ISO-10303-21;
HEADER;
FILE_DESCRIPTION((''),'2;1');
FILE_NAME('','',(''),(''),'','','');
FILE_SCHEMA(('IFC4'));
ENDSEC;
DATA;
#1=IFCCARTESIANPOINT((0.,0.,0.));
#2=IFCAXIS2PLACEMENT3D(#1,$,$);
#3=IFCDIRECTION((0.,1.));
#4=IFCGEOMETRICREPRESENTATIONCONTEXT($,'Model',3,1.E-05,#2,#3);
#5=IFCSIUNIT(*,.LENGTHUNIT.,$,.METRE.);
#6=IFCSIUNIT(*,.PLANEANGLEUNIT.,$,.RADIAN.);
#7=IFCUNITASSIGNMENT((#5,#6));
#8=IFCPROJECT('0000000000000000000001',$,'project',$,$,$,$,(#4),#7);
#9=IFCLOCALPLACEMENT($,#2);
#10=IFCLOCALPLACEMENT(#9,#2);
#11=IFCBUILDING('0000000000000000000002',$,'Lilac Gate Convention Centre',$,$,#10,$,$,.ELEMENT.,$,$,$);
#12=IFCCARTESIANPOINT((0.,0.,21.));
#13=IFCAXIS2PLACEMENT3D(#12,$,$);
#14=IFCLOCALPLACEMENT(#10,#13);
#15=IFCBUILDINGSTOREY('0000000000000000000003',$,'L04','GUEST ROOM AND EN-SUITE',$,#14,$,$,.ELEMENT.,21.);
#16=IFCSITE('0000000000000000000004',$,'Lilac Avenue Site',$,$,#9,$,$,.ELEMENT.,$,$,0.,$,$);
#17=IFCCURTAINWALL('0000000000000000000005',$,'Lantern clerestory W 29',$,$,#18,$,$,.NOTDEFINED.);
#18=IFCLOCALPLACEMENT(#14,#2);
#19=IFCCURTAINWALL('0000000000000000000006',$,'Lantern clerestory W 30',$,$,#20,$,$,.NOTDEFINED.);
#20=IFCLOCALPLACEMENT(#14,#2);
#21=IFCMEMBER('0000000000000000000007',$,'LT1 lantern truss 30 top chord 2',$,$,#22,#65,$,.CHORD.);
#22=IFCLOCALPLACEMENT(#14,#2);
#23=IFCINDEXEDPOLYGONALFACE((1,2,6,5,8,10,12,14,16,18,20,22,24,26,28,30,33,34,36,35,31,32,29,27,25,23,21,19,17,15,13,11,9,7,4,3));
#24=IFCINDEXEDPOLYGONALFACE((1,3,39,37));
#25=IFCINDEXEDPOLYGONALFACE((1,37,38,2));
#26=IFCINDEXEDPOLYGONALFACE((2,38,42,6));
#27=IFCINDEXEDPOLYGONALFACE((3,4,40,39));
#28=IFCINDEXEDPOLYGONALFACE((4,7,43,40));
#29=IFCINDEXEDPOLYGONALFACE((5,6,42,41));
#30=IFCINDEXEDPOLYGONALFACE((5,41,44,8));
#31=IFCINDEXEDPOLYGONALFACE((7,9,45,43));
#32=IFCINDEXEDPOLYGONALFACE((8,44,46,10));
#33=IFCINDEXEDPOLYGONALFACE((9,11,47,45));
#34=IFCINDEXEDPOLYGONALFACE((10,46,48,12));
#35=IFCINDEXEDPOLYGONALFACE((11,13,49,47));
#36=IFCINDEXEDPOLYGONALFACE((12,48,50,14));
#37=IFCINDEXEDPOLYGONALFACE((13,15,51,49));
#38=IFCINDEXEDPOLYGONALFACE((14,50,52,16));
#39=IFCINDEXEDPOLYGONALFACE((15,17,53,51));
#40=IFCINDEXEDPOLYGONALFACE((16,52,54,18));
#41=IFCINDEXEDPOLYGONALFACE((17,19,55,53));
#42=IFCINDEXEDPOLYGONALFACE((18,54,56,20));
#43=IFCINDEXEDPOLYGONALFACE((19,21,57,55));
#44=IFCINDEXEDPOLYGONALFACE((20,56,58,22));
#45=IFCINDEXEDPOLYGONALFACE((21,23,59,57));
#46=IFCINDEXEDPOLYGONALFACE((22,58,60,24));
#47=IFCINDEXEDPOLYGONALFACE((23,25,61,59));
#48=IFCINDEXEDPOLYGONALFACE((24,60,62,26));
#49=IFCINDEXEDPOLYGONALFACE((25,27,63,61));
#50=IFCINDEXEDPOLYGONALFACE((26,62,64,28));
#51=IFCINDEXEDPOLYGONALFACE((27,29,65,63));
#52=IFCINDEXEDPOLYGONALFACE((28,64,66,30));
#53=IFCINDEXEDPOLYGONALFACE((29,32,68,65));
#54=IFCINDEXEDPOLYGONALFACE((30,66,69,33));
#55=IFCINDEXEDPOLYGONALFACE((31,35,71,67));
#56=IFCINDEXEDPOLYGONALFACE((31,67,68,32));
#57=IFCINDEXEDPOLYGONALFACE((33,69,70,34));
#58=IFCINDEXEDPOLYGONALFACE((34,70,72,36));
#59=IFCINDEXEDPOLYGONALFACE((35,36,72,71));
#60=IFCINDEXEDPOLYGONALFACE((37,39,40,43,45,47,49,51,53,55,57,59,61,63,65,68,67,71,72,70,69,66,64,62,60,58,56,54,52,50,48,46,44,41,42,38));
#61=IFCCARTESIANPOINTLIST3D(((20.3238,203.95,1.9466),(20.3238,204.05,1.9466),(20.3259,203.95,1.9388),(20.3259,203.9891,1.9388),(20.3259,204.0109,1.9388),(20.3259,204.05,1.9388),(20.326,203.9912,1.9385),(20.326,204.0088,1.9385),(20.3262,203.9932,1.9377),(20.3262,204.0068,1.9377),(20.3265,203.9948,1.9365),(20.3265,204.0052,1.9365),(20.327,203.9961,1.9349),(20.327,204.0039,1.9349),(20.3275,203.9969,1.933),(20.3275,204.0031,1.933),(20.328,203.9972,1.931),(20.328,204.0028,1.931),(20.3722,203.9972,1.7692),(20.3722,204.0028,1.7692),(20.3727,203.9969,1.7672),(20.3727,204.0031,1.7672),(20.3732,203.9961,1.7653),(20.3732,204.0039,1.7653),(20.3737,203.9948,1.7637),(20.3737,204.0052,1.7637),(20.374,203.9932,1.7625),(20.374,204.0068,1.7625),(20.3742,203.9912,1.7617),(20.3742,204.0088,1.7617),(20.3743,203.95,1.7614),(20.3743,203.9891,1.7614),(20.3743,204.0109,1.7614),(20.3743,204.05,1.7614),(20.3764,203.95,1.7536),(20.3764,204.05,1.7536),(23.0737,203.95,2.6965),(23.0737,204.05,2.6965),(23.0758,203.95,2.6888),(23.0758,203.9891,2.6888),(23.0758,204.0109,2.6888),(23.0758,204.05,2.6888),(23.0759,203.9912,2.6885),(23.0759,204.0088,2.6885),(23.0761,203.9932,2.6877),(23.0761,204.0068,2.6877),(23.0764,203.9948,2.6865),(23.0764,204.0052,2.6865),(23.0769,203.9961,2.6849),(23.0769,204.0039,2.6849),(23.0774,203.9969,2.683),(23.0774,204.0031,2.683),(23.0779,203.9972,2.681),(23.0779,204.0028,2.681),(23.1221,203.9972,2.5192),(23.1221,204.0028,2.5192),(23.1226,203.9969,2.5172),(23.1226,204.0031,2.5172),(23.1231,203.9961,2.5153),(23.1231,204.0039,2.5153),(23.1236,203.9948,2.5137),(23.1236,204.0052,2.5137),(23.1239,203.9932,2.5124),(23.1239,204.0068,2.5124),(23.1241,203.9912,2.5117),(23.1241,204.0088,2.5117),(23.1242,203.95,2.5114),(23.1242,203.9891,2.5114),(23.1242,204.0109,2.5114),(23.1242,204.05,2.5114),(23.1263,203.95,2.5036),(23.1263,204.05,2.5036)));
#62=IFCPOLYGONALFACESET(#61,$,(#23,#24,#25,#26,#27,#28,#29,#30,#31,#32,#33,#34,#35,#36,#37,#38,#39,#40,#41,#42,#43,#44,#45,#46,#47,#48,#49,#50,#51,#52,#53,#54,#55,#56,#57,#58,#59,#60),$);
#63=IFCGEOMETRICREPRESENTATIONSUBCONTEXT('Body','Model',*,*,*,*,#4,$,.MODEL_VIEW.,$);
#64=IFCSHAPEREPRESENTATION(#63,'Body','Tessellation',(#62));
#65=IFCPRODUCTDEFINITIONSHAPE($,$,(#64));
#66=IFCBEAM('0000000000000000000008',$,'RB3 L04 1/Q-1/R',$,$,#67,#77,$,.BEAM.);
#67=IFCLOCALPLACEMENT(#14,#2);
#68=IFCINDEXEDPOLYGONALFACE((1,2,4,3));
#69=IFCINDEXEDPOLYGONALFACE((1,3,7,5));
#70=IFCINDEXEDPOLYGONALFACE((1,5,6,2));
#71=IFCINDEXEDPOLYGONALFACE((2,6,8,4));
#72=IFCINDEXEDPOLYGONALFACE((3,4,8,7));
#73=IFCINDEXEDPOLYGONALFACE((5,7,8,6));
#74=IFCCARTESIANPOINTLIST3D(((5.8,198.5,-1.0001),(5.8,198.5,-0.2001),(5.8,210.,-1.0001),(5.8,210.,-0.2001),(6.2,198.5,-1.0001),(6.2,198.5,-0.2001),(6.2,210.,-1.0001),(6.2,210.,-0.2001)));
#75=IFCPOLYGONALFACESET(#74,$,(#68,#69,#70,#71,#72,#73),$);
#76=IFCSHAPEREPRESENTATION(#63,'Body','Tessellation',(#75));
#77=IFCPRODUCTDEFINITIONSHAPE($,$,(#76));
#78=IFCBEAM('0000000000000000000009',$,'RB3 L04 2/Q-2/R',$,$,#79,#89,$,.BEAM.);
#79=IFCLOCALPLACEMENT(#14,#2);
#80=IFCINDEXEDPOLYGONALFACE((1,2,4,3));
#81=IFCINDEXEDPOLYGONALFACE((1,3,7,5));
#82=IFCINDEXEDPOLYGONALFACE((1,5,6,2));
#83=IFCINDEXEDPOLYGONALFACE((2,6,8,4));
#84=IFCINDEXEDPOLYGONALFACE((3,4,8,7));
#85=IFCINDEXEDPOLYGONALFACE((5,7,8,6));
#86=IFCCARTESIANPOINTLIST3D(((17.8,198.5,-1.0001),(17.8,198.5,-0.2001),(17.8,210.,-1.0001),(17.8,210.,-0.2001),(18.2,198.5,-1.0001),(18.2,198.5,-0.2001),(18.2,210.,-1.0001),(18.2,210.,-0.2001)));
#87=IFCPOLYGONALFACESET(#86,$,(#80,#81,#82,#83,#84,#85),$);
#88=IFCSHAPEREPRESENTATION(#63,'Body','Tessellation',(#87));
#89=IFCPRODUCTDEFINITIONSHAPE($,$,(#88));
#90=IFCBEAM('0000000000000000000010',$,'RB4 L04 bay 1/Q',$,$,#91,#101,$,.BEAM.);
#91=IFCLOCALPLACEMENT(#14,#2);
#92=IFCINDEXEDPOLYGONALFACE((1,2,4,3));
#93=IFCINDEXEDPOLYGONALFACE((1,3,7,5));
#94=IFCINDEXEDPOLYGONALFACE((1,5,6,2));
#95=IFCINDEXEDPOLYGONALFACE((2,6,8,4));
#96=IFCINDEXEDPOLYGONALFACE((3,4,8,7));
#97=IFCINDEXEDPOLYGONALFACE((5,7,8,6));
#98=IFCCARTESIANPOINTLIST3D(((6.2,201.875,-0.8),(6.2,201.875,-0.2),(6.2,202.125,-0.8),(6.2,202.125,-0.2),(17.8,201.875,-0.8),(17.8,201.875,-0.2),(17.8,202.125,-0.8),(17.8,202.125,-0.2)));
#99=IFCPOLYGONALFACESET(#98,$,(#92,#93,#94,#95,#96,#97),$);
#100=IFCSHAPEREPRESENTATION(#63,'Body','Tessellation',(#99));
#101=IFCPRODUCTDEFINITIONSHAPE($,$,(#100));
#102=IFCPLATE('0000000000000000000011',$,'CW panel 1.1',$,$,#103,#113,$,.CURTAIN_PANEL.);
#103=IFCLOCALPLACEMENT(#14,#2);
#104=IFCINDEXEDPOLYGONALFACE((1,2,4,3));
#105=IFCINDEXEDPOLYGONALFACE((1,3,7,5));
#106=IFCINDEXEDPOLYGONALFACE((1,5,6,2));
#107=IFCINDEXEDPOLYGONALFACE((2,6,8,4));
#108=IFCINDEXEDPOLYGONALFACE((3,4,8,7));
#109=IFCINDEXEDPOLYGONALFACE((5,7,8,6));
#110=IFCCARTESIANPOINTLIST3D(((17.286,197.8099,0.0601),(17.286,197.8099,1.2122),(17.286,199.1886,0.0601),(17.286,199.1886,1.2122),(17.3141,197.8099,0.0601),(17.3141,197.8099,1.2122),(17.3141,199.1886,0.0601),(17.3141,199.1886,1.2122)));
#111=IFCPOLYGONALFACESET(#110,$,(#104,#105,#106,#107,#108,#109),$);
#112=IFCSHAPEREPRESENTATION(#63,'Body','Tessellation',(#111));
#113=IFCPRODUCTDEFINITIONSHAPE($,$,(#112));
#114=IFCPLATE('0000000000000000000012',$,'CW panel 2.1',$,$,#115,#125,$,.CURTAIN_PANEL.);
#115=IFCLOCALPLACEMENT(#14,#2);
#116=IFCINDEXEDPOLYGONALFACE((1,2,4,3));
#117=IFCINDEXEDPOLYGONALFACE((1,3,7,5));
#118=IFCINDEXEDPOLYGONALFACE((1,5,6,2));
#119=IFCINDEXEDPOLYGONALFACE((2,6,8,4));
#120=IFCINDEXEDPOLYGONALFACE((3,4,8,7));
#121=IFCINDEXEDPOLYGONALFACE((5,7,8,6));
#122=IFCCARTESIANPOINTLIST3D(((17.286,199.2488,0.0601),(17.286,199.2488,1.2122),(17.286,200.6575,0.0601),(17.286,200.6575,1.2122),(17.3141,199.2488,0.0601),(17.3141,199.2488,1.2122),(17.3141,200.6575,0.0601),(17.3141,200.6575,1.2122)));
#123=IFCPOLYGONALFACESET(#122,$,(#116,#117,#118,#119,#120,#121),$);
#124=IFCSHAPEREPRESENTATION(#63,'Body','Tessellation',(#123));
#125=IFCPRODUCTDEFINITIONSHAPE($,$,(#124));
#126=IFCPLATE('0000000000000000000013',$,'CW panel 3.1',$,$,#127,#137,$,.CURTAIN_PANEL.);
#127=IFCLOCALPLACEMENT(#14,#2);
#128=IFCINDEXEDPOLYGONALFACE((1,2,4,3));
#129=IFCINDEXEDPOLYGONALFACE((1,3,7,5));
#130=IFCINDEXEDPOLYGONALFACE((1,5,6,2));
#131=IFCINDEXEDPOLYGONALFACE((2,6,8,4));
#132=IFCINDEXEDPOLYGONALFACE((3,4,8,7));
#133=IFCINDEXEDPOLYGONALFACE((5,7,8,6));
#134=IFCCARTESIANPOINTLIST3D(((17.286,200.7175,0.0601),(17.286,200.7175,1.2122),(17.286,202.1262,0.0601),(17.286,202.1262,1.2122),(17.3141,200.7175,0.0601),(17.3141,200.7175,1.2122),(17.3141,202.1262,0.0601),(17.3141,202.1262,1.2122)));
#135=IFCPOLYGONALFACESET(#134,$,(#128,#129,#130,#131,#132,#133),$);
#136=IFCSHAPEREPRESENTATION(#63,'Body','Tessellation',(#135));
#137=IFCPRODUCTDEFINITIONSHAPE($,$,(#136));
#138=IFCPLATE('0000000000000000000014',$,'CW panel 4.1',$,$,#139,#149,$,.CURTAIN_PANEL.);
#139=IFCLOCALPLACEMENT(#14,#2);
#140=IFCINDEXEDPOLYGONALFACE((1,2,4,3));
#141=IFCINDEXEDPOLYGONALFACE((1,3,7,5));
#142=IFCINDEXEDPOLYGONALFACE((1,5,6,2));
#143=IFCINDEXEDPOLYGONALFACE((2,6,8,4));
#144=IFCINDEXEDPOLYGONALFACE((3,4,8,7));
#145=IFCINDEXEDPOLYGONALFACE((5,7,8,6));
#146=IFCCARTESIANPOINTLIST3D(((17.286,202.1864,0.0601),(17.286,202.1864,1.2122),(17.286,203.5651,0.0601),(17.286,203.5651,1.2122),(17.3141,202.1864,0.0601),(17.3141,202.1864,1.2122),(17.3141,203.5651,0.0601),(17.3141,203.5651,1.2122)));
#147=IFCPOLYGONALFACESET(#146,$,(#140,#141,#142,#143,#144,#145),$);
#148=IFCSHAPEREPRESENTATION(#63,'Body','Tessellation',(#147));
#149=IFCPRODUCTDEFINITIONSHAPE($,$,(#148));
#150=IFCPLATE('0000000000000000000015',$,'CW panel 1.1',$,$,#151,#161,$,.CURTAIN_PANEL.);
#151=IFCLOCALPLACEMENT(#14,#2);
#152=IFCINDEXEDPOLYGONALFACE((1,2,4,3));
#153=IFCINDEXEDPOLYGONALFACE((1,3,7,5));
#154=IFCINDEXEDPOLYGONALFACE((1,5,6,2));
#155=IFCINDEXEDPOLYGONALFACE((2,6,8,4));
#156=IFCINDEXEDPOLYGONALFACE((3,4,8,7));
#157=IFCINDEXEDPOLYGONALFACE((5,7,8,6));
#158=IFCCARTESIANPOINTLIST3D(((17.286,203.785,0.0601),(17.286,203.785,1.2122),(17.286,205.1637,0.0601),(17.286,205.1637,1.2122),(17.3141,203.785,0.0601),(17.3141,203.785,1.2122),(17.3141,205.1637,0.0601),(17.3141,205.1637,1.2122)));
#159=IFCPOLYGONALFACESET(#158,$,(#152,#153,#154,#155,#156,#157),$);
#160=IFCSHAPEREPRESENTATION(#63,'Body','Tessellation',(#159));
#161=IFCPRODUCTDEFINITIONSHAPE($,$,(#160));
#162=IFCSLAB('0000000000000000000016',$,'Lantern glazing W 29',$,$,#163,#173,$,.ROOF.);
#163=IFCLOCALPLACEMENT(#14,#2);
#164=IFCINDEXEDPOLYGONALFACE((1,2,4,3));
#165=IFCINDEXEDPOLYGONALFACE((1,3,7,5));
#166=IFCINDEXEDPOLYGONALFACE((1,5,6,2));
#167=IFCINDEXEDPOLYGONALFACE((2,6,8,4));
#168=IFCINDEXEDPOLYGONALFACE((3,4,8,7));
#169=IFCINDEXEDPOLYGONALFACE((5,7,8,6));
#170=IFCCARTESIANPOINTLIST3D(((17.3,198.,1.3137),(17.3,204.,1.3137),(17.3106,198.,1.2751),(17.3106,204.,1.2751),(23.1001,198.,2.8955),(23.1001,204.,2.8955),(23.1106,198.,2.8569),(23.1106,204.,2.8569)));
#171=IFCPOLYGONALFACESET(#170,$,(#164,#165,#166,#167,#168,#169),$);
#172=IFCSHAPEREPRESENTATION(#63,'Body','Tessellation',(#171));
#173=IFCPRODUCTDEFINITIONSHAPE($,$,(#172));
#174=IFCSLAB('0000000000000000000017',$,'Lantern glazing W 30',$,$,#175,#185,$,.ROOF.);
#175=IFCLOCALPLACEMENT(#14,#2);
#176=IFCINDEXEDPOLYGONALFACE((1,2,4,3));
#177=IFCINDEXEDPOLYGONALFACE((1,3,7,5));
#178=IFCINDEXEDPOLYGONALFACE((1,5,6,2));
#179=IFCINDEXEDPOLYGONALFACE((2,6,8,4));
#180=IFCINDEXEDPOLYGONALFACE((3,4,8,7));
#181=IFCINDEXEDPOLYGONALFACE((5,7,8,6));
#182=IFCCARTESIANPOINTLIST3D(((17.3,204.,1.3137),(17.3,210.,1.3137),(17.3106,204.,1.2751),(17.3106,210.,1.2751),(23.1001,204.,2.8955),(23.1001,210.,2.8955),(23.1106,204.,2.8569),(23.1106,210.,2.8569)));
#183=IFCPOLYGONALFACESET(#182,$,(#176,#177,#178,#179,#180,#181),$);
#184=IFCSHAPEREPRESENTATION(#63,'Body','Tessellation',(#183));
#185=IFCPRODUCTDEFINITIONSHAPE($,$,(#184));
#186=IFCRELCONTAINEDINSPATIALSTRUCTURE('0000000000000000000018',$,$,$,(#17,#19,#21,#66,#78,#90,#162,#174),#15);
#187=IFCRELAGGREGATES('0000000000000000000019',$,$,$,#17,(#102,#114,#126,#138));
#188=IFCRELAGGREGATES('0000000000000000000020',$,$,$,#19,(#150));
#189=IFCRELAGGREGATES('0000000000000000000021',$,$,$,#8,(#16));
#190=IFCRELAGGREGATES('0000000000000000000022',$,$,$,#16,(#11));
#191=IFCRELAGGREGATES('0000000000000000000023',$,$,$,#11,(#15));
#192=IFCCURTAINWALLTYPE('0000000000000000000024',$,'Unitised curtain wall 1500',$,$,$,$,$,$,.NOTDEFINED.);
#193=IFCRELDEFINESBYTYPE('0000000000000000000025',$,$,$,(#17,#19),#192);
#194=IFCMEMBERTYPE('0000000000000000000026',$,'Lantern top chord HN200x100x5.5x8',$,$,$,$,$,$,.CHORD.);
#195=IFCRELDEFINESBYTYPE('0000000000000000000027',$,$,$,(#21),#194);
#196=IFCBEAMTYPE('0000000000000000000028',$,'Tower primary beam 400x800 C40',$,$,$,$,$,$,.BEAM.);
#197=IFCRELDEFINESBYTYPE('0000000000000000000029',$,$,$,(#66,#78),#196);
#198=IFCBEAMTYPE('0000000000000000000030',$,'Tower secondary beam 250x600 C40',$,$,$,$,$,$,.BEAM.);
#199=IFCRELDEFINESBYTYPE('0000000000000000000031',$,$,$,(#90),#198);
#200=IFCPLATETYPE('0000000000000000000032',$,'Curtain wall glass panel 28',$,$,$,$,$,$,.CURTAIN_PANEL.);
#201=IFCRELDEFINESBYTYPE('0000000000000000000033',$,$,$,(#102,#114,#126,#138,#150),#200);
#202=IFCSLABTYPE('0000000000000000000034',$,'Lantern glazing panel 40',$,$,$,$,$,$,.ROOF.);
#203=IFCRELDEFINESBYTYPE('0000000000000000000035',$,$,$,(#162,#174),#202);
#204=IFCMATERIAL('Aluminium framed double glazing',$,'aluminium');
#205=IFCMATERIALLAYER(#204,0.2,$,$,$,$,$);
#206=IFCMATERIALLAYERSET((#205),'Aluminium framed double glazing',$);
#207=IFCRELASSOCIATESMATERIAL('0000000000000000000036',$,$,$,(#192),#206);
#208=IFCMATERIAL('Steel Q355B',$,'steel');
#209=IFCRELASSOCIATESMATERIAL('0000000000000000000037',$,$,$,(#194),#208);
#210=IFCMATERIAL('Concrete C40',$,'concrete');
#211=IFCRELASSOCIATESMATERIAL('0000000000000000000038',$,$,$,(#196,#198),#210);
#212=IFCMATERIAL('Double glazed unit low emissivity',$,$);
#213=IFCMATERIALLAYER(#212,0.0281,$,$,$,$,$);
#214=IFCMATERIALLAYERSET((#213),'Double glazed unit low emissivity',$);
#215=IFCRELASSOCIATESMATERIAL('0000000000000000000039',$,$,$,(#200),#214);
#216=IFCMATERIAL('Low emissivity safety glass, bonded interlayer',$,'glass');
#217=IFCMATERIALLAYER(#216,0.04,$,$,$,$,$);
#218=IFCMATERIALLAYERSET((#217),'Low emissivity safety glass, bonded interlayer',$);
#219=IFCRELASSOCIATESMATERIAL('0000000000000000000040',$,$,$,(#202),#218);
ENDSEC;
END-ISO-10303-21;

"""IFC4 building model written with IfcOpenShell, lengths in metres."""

from ifc_helpers import new_model, si_unit, direction, frame, origin, origin_2d, place, context, subcontext, project, spatial, polyline, rectangle, i_section, outline, extrude, material, layer, layer_set, material_profile, profile_set, type_object, element, aggregate, save


model = new_model("IFC4")

# Units and contexts
model_context = context("Model", 3, precision=1e-05, world=origin(), true_north=direction((0.0, 1.0)))
body_context = subcontext(model_context, "Body", "Model", "MODEL_VIEW")
ifc_project = project(units=[si_unit("LENGTHUNIT", "METRE"), si_unit("PLANEANGLEUNIT", "RADIAN")], contexts=[model_context])

# Site, building, storey
site_placement = place(None, origin())
site = spatial("IfcSite", under=ifc_project, at=site_placement, Name="Lilac Avenue Site", CompositionType="ELEMENT", RefElevation=0.0)
building_placement = place(site_placement, origin())
building = spatial("IfcBuilding", under=site, at=building_placement, Name="Lilac Gate Convention Centre", CompositionType="ELEMENT")
storey_placement = place(building_placement, frame((0.0, 0.0, 21.0)))
storey = spatial("IfcBuildingStorey", under=building, at=storey_placement, Name="L04", Description="GUEST ROOM AND EN-SUITE", CompositionType="ELEMENT", Elevation=21.0)

# Curtain wall
ifc_material_1 = material(Name="Aluminium framed double glazing", Category="aluminium")
ifc_layer_1 = layer(ifc_material_1, 0.2)
ifc_layer_set_1 = layer_set([ifc_layer_1], Name="Aluminium framed double glazing")
curtain_wall_type = type_object("IfcCurtainWallType", Name="Unitised curtain wall 1500", PredefinedType="NOTDEFINED", material=ifc_layer_set_1)
curtain_wall_1_placement = place(storey_placement, origin())
curtain_wall_1 = element("IfcCurtainWall", 1, at=curtain_wall_1_placement, inside=storey, type_object=curtain_wall_type, Name="Lantern clerestory W 29", PredefinedType="NOTDEFINED")

# Curtain wall
curtain_wall_2_placement = place(storey_placement, origin())
curtain_wall_2 = element("IfcCurtainWall", 2, at=curtain_wall_2_placement, inside=storey, type_object=curtain_wall_type, Name="Lantern clerestory W 30", PredefinedType="NOTDEFINED")

# Member
ifc_material_2 = material(Name="Steel Q355B", Category="steel")
ifc_material_profile_1 = material_profile(ifc_material_2, i_section(OverallWidth=0.1001, OverallDepth=0.2, WebThickness=0.0056, FlangeThickness=0.0081, FilletRadius=0.0081, at=origin_2d()), Name="HN200x100x5.5x8")
ifc_profile_set_1 = profile_set([ifc_material_profile_1], Name="Steel Q355B")
member_type_1 = type_object("IfcMemberType", Name="Lantern top chord HN200x100x5.5x8", PredefinedType="CHORD", material=ifc_profile_set_1)
for number, where, z_axis, x_axis, name in (
    (3, (20.3501, 204.0, 1.8501), (0.964764, 0.0, 0.263117), (0.0, 1.0, 0.0), "LT1 lantern truss 30 top chord 2"),
):
    element("IfcMember", number, at=place(storey_placement, frame(where, z_axis=z_axis, x_axis=x_axis)), inside=storey, type_object=member_type_1, Name=name, PredefinedType="CHORD", context=body_context, shape_type="SweptSolid", body=[
        extrude(i_section(OverallWidth=0.1001, OverallDepth=0.2, WebThickness=0.0056, FlangeThickness=0.0081, FilletRadius=0.0081, at=origin_2d()), origin(), (0.0, 0.0, 1.0), 2.8503),
    ])

# Beams
ifc_material_3 = material(Name="Concrete C40", Category="concrete")
ifc_material_profile_2 = material_profile(ifc_material_3, rectangle(XDim=0.3999, YDim=0.8, at=origin_2d()), Name="RC 400x800")
ifc_profile_set_2 = profile_set([ifc_material_profile_2], Name="Concrete C40")
beam_type_1 = type_object("IfcBeamType", Name="Tower primary beam 400x800 C40", PredefinedType="BEAM", material=ifc_profile_set_2)
for number, where, z_axis, x_axis, name in (
    (4, (6.0, 198.5, -0.6001), (0.0, 1.0, 0.0), (-1.0, 0.0, 0.0), "RB3 L04 1/Q-1/R"),
    (5, (18.0, 198.5, -0.6001), (0.0, 1.0, 0.0), (-1.0, 0.0, 0.0), "RB3 L04 2/Q-2/R"),
):
    element("IfcBeam", number, at=place(storey_placement, frame(where, z_axis=z_axis, x_axis=x_axis)), inside=storey, type_object=beam_type_1, Name=name, PredefinedType="BEAM", context=body_context, shape_type="SweptSolid", body=[
        extrude(rectangle(XDim=0.3999, YDim=0.8, at=origin_2d()), origin(), (0.0, 0.0, 1.0), 11.5),
    ])
ifc_material_profile_3 = material_profile(ifc_material_3, rectangle(XDim=0.25, YDim=0.6001, at=origin_2d()), Name="RC 250x600")
ifc_profile_set_3 = profile_set([ifc_material_profile_3], Name="Concrete C40")
beam_type_2 = type_object("IfcBeamType", Name="Tower secondary beam 250x600 C40", PredefinedType="BEAM", material=ifc_profile_set_3)
beam_placement = place(storey_placement, frame((6.2, 202.0, -0.5), z_axis=(1.0, 0.0, 0.0), x_axis=(0.0, 1.0, 0.0)))
element("IfcBeam", 6, at=beam_placement, inside=storey, type_object=beam_type_2, Name="RB4 L04 bay 1/Q", PredefinedType="BEAM", context=body_context, shape_type="SweptSolid", body=[
    extrude(rectangle(XDim=0.25, YDim=0.6001, at=origin_2d()), origin(), (0.0, 0.0, 1.0), 11.6001),
])

# Plates
ifc_material_4 = material(Name="Double glazed unit low emissivity")
ifc_layer_2 = layer(ifc_material_4, 0.0281)
ifc_layer_set_2 = layer_set([ifc_layer_2], Name="Double glazed unit low emissivity")
plate_type = type_object("IfcPlateType", Name="Curtain wall glass panel 28", PredefinedType="CURTAIN_PANEL", material=ifc_layer_set_2)
plate_1_placement = place(storey_placement, frame((17.3, 198.4993, 0.0601), z_axis=(0.0, 0.0, 1.0), x_axis=(0.0, 1.0, 0.0)))
plate_1 = element("IfcPlate", 7, at=plate_1_placement, type_object=plate_type, Name="CW panel 1.1", PredefinedType="CURTAIN_PANEL", context=body_context, shape_type="SweptSolid", body=[
    extrude(rectangle(XDim=1.3787, YDim=0.0281, at=origin_2d()), origin(), (0.0, 0.0, 1.0), 1.1521),
])
plate_2_placement = place(storey_placement, frame((17.3, 199.9531, 0.0601), z_axis=(0.0, 0.0, 1.0), x_axis=(0.0, 1.0, 0.0)))
plate_2 = element("IfcPlate", 8, at=plate_2_placement, type_object=plate_type, Name="CW panel 2.1", PredefinedType="CURTAIN_PANEL", context=body_context, shape_type="SweptSolid", body=[
    extrude(rectangle(XDim=1.4087, YDim=0.0281, at=origin_2d()), origin(), (0.0, 0.0, 1.0), 1.1521),
])
plate_3_placement = place(storey_placement, frame((17.3, 201.4219, 0.0601), z_axis=(0.0, 0.0, 1.0), x_axis=(0.0, 1.0, 0.0)))
plate_3 = element("IfcPlate", 9, at=plate_3_placement, type_object=plate_type, Name="CW panel 3.1", PredefinedType="CURTAIN_PANEL", context=body_context, shape_type="SweptSolid", body=[
    extrude(rectangle(XDim=1.4087, YDim=0.0281, at=origin_2d()), origin(), (0.0, 0.0, 1.0), 1.1521),
])
plate_4_placement = place(storey_placement, frame((17.3, 202.8757, 0.0601), z_axis=(0.0, 0.0, 1.0), x_axis=(0.0, 1.0, 0.0)))
plate_4 = element("IfcPlate", 10, at=plate_4_placement, type_object=plate_type, Name="CW panel 4.1", PredefinedType="CURTAIN_PANEL", context=body_context, shape_type="SweptSolid", body=[
    extrude(rectangle(XDim=1.3787, YDim=0.0281, at=origin_2d()), origin(), (0.0, 0.0, 1.0), 1.1521),
])
aggregate(curtain_wall_1, [plate_1, plate_2, plate_3, plate_4])
plate_5_placement = place(storey_placement, frame((17.3, 204.4744, 0.0601), z_axis=(0.0, 0.0, 1.0), x_axis=(0.0, 1.0, 0.0)))
plate_5 = element("IfcPlate", 11, at=plate_5_placement, type_object=plate_type, Name="CW panel 1.1", PredefinedType="CURTAIN_PANEL", context=body_context, shape_type="SweptSolid", body=[
    extrude(rectangle(XDim=1.3787, YDim=0.0281, at=origin_2d()), origin(), (0.0, 0.0, 1.0), 1.1521),
])
aggregate(curtain_wall_2, [plate_5])

# Slabs
ifc_material_5 = material(Name="Low emissivity safety glass, bonded interlayer", Category="glass")
ifc_layer_3 = layer(ifc_material_5, 0.04)
ifc_layer_set_3 = layer_set([ifc_layer_3], Name="Low emissivity safety glass, bonded interlayer")
slab_type = type_object("IfcSlabType", Name="Lantern glazing panel 40", PredefinedType="ROOF", material=ifc_layer_set_3)
for number, where, z_axis, x_axis, name in (
    (12, (17.3, 198.0, 1.3137), (-0.263111, 0.0, 0.964766), (0.964766, 0.0, 0.263111), "Lantern glazing W 29"),
    (13, (17.3, 204.0, 1.3137), (-0.263111, 0.0, 0.964766), (0.964766, 0.0, 0.263111), "Lantern glazing W 30"),
):
    element("IfcSlab", number, at=place(storey_placement, frame(where, z_axis=z_axis, x_axis=x_axis)), inside=storey, type_object=slab_type, Name=name, PredefinedType="ROOF", context=body_context, shape_type="SweptSolid", body=[
        extrude(outline(polyline([(0.0, 0.0), (6.0119, 0.0), (6.0119, 6.0), (0.0, 6.0), (0.0, 0.0)])), origin(), (0.0, 0.0, -1.0), 0.04),
    ])

save(model, "model.ifc")
